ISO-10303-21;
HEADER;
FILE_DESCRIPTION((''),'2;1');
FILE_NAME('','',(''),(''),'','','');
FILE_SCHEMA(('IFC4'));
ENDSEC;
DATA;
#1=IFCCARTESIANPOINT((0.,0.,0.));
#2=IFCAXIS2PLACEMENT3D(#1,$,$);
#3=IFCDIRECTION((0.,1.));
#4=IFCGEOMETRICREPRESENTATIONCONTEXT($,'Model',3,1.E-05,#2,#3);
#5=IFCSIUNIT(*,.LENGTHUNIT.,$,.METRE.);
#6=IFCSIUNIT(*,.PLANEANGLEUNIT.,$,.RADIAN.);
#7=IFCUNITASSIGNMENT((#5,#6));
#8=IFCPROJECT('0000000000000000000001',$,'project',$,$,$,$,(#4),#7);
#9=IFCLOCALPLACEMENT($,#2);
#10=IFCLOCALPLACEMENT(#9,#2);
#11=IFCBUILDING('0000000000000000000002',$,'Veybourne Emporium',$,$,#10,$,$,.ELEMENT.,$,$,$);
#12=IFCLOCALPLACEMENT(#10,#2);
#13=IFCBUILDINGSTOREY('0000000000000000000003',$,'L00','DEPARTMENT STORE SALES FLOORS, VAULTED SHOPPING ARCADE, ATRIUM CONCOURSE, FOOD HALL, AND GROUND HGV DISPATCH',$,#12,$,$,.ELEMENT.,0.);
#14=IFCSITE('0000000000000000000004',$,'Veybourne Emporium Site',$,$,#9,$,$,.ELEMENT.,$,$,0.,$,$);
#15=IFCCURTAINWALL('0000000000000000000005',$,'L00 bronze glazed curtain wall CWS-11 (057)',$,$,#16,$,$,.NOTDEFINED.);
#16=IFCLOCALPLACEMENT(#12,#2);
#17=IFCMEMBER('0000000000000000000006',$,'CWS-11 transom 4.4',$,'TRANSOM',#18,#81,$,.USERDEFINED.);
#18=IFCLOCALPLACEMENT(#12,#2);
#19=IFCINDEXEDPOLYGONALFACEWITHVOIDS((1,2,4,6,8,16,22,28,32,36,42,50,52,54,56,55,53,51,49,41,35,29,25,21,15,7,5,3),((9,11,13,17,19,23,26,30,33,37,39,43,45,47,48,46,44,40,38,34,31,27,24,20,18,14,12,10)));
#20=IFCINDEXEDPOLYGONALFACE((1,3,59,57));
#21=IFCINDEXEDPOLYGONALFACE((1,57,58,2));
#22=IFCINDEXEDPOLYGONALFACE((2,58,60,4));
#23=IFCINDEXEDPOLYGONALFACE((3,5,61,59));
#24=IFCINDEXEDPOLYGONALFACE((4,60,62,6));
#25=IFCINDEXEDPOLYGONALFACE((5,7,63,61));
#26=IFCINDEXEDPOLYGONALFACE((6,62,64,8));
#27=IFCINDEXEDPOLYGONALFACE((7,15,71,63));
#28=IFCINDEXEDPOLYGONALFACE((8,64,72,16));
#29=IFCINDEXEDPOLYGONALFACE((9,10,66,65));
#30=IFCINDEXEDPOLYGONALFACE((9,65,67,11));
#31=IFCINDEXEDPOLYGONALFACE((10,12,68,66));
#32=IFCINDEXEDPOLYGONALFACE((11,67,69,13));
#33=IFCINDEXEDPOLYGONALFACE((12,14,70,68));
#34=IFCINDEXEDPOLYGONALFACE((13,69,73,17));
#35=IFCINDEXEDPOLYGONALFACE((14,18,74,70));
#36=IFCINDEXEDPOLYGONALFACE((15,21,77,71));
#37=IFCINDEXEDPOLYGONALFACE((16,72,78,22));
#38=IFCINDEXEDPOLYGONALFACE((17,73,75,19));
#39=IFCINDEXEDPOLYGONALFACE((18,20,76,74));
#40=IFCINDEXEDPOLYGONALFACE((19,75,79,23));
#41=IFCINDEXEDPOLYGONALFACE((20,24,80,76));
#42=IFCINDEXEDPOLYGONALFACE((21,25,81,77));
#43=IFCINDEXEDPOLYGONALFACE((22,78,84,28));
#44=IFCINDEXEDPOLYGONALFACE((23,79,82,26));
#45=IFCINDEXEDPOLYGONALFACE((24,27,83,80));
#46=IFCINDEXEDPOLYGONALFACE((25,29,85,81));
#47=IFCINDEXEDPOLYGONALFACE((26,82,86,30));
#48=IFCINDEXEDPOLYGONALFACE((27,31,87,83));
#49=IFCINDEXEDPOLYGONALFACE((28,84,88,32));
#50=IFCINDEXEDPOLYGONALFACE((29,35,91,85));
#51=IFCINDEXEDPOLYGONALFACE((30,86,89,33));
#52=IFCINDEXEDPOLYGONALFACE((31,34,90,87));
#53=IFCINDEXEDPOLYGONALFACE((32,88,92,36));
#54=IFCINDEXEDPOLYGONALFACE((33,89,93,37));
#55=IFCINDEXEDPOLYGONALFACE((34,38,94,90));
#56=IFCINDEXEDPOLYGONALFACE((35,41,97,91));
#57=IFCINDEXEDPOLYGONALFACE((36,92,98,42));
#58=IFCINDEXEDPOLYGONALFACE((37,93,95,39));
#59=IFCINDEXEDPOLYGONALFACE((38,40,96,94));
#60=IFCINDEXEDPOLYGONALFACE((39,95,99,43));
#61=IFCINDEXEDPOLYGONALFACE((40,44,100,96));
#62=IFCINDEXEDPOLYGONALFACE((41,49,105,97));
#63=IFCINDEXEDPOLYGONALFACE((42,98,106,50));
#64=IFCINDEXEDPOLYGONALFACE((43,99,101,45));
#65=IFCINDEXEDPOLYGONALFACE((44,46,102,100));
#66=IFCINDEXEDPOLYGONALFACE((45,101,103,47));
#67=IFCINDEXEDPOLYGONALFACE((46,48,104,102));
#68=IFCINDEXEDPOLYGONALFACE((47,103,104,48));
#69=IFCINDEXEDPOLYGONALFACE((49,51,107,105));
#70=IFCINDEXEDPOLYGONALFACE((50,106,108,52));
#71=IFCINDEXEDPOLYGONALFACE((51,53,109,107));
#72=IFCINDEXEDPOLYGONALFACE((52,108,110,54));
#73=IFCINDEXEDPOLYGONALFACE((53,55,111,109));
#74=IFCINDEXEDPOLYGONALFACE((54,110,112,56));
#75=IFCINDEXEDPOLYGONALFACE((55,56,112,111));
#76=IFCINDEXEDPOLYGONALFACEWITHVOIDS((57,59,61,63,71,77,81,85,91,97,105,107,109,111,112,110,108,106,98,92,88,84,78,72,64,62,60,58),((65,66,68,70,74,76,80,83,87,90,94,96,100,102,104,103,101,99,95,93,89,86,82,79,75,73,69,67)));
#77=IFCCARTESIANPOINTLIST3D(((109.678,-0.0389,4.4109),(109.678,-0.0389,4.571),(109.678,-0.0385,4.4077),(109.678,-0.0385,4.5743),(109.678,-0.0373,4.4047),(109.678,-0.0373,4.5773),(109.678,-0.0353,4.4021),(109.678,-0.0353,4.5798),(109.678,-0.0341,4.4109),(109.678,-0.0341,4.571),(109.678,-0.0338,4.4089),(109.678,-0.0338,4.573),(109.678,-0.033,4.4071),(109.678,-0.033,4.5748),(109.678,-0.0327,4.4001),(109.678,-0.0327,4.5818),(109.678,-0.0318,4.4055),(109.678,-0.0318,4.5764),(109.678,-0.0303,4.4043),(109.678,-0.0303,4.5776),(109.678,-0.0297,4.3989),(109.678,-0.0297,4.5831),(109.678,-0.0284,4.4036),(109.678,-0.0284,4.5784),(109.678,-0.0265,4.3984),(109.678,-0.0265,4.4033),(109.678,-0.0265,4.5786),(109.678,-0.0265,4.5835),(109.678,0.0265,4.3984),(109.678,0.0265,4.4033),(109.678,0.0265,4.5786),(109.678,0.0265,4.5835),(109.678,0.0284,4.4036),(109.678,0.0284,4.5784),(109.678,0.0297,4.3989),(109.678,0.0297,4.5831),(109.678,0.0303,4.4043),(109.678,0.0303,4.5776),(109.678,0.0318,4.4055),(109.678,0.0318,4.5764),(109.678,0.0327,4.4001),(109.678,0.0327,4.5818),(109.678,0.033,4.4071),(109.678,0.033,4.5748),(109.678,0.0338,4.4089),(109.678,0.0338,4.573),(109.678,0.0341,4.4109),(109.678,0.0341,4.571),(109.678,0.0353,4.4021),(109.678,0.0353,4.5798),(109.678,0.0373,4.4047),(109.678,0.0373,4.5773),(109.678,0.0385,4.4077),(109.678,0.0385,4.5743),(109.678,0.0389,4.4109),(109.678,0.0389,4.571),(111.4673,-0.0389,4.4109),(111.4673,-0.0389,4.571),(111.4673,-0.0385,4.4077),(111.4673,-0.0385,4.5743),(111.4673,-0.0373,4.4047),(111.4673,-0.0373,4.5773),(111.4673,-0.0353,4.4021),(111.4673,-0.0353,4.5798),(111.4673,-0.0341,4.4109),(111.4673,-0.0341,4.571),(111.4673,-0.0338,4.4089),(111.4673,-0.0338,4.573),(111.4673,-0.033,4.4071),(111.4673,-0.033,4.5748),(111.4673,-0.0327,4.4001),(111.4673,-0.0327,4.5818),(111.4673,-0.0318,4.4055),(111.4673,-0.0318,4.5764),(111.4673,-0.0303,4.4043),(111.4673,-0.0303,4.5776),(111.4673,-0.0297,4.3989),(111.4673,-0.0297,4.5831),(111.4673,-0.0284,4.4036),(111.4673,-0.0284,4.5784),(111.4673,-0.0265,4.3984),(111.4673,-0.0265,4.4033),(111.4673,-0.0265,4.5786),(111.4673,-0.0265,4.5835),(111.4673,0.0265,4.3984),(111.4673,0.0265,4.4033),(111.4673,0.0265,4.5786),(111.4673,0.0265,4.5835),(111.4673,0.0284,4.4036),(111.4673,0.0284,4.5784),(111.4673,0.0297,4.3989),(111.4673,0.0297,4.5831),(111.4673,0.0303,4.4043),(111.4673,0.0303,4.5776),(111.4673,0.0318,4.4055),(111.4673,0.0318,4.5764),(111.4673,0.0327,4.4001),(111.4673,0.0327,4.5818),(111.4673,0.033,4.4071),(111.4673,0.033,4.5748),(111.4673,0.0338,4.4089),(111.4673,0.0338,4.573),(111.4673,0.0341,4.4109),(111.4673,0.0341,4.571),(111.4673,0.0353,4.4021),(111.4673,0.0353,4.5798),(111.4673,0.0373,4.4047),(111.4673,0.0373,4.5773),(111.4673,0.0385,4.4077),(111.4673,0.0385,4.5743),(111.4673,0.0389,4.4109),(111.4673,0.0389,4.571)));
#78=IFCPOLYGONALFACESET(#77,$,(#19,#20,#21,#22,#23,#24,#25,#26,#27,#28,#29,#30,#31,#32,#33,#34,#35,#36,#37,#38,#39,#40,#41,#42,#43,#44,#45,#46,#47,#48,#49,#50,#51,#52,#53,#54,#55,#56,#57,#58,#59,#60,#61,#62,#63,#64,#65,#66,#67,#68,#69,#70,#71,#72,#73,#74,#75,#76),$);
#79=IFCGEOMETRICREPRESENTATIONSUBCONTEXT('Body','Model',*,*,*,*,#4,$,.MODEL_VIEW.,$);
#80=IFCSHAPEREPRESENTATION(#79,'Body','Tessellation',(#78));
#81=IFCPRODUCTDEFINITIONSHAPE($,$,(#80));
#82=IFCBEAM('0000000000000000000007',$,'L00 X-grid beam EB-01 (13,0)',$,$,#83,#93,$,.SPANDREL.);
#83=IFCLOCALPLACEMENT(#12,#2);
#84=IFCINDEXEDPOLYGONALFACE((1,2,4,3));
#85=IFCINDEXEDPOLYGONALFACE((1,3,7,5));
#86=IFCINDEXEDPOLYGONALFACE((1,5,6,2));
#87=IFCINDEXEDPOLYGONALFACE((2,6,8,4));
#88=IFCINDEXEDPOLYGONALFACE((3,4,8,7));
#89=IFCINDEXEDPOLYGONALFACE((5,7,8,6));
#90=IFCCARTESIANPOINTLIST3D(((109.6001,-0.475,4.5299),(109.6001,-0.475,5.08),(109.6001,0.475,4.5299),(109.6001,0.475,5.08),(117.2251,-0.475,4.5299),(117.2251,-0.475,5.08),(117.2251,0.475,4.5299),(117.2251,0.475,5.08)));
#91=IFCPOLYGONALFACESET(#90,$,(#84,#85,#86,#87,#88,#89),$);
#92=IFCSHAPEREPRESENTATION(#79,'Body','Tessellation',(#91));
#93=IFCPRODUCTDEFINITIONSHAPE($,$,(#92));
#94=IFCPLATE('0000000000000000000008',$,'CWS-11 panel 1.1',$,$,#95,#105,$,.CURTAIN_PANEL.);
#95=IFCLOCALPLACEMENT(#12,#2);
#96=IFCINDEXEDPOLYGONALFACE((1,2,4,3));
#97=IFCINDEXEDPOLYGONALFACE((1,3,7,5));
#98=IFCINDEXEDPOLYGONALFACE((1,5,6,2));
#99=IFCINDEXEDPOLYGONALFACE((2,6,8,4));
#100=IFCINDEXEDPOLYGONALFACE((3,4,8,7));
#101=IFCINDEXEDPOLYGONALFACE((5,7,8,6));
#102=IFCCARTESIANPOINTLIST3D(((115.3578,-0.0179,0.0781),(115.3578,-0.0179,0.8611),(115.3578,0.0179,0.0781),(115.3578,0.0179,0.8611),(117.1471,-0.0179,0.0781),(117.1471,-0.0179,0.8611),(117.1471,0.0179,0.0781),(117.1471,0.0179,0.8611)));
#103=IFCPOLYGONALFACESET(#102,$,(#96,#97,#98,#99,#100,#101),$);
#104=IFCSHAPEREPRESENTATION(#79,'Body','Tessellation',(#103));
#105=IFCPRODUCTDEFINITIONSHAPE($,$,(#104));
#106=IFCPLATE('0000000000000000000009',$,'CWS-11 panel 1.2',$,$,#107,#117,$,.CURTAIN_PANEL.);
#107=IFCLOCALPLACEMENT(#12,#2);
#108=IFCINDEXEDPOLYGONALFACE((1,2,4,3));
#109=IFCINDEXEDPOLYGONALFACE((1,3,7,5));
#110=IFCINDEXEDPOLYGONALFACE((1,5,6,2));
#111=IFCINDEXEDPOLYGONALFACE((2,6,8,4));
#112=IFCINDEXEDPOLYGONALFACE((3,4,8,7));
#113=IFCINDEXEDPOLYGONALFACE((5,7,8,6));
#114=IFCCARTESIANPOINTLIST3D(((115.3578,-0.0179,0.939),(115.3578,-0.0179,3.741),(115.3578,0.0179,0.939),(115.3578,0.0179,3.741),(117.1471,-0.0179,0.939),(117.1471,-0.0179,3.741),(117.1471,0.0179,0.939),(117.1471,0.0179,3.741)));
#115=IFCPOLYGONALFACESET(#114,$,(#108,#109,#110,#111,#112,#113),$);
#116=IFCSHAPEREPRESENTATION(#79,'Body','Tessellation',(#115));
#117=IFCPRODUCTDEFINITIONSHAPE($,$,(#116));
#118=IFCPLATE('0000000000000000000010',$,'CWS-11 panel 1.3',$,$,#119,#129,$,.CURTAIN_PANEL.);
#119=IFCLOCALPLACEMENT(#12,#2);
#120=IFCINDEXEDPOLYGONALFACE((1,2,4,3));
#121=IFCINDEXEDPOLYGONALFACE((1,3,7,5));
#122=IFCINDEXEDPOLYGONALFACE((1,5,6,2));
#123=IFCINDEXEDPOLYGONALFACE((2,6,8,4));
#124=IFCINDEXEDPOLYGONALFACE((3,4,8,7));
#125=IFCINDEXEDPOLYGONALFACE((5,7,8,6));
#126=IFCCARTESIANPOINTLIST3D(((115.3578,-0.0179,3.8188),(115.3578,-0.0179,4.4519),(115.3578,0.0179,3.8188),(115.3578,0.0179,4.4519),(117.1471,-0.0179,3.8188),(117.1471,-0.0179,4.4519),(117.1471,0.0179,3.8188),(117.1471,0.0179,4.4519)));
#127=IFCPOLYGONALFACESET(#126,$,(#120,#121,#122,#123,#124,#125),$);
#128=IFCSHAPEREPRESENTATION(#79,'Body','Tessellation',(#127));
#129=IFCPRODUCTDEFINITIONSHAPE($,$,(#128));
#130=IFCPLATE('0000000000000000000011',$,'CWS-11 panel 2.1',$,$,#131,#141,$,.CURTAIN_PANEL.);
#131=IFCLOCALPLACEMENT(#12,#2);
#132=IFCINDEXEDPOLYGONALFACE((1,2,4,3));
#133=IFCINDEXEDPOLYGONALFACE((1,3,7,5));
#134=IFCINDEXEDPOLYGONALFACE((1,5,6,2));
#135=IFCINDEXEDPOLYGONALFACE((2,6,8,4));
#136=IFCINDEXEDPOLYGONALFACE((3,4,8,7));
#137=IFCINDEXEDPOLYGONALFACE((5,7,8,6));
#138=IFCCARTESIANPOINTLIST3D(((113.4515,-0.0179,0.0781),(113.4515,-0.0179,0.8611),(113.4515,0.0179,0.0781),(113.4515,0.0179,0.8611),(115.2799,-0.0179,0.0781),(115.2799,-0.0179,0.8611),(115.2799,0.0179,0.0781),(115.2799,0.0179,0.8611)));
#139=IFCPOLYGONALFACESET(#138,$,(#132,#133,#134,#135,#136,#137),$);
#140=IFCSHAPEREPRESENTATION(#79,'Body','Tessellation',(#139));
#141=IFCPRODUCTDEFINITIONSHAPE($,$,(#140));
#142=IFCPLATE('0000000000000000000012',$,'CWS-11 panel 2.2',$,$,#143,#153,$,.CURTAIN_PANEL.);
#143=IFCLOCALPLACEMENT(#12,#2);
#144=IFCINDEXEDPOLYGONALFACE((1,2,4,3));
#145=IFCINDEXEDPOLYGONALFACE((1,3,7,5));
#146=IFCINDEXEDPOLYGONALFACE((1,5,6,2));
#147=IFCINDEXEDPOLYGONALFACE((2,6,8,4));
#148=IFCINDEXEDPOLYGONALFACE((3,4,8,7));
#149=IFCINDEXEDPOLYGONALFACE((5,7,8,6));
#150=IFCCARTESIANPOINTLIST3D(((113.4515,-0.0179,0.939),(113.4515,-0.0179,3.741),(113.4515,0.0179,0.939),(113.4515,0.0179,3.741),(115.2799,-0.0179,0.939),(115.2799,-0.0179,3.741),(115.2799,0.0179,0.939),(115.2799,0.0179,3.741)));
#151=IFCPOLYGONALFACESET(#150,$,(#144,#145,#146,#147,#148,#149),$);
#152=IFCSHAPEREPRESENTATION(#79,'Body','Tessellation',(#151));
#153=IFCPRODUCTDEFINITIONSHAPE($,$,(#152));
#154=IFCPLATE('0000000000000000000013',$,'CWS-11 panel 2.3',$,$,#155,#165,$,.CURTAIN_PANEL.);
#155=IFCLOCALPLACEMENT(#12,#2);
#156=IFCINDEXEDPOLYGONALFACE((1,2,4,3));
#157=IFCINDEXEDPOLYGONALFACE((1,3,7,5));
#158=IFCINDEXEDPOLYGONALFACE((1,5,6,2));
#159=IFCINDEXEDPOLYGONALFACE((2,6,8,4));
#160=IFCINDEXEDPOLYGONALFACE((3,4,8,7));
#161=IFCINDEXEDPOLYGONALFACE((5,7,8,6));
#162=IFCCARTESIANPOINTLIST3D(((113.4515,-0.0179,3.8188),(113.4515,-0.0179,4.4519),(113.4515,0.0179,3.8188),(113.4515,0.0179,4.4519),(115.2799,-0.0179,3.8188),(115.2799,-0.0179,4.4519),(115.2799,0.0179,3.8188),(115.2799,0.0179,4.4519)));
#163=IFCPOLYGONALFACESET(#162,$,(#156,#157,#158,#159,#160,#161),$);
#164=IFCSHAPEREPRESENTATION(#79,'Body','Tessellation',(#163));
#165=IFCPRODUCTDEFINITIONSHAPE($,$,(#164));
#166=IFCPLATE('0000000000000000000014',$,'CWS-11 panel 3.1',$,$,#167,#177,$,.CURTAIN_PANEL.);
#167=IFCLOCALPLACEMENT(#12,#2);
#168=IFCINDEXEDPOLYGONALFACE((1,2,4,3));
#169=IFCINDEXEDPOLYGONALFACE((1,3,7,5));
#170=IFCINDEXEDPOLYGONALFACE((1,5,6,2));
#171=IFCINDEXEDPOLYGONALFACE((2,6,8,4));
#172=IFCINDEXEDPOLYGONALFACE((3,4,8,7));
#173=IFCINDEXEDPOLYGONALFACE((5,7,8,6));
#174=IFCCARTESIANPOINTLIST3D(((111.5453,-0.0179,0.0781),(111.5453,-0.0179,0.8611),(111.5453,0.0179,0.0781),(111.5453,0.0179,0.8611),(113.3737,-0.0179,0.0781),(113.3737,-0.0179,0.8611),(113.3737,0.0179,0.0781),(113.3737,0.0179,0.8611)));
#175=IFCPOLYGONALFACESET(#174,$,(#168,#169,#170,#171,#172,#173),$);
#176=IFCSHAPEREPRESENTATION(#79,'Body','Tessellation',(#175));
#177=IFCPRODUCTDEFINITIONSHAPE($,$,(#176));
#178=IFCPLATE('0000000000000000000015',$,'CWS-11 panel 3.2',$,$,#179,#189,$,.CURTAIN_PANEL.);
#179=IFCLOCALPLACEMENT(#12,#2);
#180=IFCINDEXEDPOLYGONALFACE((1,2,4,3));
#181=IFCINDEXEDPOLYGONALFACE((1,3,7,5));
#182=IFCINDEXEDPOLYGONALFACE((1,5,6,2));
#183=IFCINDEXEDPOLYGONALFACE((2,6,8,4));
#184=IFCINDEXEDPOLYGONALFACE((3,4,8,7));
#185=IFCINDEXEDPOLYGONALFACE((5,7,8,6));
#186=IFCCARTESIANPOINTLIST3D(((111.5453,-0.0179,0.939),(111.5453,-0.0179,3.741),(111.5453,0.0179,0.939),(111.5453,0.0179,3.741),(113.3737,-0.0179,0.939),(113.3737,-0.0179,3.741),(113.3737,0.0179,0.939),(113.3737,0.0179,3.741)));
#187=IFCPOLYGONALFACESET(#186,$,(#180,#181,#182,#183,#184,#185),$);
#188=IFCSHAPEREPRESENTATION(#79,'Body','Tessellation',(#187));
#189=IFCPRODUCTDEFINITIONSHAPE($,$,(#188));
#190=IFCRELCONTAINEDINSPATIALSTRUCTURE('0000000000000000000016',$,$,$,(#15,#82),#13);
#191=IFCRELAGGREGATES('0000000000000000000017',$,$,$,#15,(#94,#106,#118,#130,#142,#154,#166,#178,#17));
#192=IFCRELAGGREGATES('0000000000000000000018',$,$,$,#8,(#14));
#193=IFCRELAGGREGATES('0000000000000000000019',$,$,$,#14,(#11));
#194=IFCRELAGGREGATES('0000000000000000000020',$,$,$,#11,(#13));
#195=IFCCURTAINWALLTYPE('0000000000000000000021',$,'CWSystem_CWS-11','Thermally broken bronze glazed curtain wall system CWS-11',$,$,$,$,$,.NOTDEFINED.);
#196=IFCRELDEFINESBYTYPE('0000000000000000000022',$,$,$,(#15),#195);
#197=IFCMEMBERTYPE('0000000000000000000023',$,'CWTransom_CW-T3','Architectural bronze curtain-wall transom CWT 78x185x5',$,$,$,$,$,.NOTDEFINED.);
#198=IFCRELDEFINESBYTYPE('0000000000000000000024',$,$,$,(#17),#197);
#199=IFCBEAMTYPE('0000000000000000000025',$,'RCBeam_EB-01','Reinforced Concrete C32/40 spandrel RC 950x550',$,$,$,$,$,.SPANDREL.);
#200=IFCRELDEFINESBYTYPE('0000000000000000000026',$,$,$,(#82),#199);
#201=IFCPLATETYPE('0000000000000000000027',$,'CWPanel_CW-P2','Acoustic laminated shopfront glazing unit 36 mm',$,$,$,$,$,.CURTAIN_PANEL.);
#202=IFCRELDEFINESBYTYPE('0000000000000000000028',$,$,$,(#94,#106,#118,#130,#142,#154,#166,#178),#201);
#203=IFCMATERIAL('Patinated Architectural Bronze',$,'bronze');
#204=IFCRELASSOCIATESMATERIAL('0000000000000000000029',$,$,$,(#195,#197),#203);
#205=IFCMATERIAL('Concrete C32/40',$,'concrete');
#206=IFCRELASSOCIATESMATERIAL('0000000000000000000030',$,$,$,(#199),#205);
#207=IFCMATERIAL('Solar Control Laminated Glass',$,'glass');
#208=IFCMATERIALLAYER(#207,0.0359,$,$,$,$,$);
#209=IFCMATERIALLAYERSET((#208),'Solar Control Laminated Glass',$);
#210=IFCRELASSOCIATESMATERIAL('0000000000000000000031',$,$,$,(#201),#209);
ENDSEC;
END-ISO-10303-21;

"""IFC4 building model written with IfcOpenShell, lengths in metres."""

from ifc_helpers import new_model, si_unit, direction, frame, origin, origin_2d, place, context, subcontext, project, spatial, rectangle, hollow_rectangle, extrude, material, layer, layer_set, material_profile, profile_set, type_object, element, aggregate, save


model = new_model("IFC4")

# Units and contexts
model_context = context("Model", 3, precision=1e-05, world=origin(), true_north=direction((0.0, 1.0)))
body_context = subcontext(model_context, "Body", "Model", "MODEL_VIEW")
ifc_project = project(units=[si_unit("LENGTHUNIT", "METRE"), si_unit("PLANEANGLEUNIT", "RADIAN")], contexts=[model_context])

# Site, building, storey
site_placement = place(None, origin())
site = spatial("IfcSite", under=ifc_project, at=site_placement, Name="Veybourne Emporium Site", CompositionType="ELEMENT", RefElevation=0.0)
building_placement = place(site_placement, origin())
building = spatial("IfcBuilding", under=site, at=building_placement, Name="Veybourne Emporium", CompositionType="ELEMENT")
storey_placement = place(building_placement, origin())
storey = spatial("IfcBuildingStorey", under=building, at=storey_placement, Name="L00", Description="DEPARTMENT STORE SALES FLOORS, VAULTED SHOPPING ARCADE, ATRIUM CONCOURSE, FOOD HALL, AND GROUND HGV DISPATCH", CompositionType="ELEMENT", Elevation=0.0)

# Curtain wall, member
ifc_material_1 = material(Name="Patinated Architectural Bronze", Category="bronze")
curtain_wall_type = type_object("IfcCurtainWallType", Name="CWSystem_CWS-11", Description="Thermally broken bronze glazed curtain wall system CWS-11", PredefinedType="NOTDEFINED", material=ifc_material_1)
curtain_wall_placement = place(storey_placement, origin())
curtain_wall = element("IfcCurtainWall", 1, at=curtain_wall_placement, inside=storey, type_object=curtain_wall_type, Name="L00 bronze glazed curtain wall CWS-11 (057)", PredefinedType="NOTDEFINED")
ifc_material_profile_1 = material_profile(ifc_material_1, hollow_rectangle(XDim=0.0779, YDim=0.1851, WallThickness=0.0049, InnerFilletRadius=0.0076, OuterFilletRadius=0.0125, at=origin_2d()), Name="CWT 78x185x5")
ifc_profile_set_1 = profile_set([ifc_material_profile_1], Name="Patinated Architectural Bronze")
member_type_1 = type_object("IfcMemberType", Name="CWTransom_CW-T3", Description="Architectural bronze curtain-wall transom CWT 78x185x5", PredefinedType="NOTDEFINED", material=ifc_profile_set_1)
member_1_placement = place(storey_placement, frame((111.4673, 0.0, 4.491), z_axis=(-1.0, 0.0, 0.0), x_axis=(0.0, -1.0, 0.0)))
member_1 = element("IfcMember", 2, at=member_1_placement, type_object=member_type_1, Name="CWS-11 transom 4.4", ObjectType="TRANSOM", PredefinedType="USERDEFINED", context=body_context, shape_type="SweptSolid", body=[
    extrude(hollow_rectangle(XDim=0.0779, YDim=0.1851, WallThickness=0.0049, InnerFilletRadius=0.0076, OuterFilletRadius=0.0125, at=origin_2d()), origin(), (0.0, 0.0, 1.0), 1.7893),
])

# Beam
ifc_material_2 = material(Name="Concrete C32/40", Category="concrete")
ifc_material_profile_2 = material_profile(ifc_material_2, rectangle(XDim=0.95, YDim=0.55, at=origin_2d()), Name="RC 950x550")
ifc_profile_set_2 = profile_set([ifc_material_profile_2], Name="Concrete C32/40")
beam_type = type_object("IfcBeamType", Name="RCBeam_EB-01", Description="Reinforced Concrete C32/40 spandrel RC 950x550", PredefinedType="SPANDREL", material=ifc_profile_set_2)
beam_placement = place(storey_placement, frame((109.6001, 0.0, 4.8049), z_axis=(1.0, 0.0, 0.0), x_axis=(0.0, 1.0, 0.0)))
element("IfcBeam", 3, at=beam_placement, inside=storey, type_object=beam_type, Name="L00 X-grid beam EB-01 (13,0)", PredefinedType="SPANDREL", context=body_context, shape_type="SweptSolid", body=[
    extrude(rectangle(XDim=0.95, YDim=0.55, at=origin_2d()), origin(), (0.0, 0.0, 1.0), 7.625),
])

# Plates
ifc_material_3 = material(Name="Solar Control Laminated Glass", Category="glass")
ifc_layer_1 = layer(ifc_material_3, 0.0359)
ifc_layer_set_1 = layer_set([ifc_layer_1], Name="Solar Control Laminated Glass")
plate_type = type_object("IfcPlateType", Name="CWPanel_CW-P2", Description="Acoustic laminated shopfront glazing unit 36 mm", PredefinedType="CURTAIN_PANEL", material=ifc_layer_set_1)
plate_1_placement = place(storey_placement, frame((116.2524, 0.0, 0.0781), z_axis=(0.0, 0.0, 1.0), x_axis=(-1.0, 0.0, 0.0)))
plate_1 = element("IfcPlate", 4, at=plate_1_placement, type_object=plate_type, Name="CWS-11 panel 1.1", PredefinedType="CURTAIN_PANEL", context=body_context, shape_type="SweptSolid", body=[
    extrude(rectangle(XDim=1.7893, YDim=0.0359, at=origin_2d()), origin(), (0.0, 0.0, 1.0), 0.783),
])
plate_2_placement = place(storey_placement, frame((116.2524, 0.0, 0.939), z_axis=(0.0, 0.0, 1.0), x_axis=(-1.0, 0.0, 0.0)))
plate_2 = element("IfcPlate", 5, at=plate_2_placement, type_object=plate_type, Name="CWS-11 panel 1.2", PredefinedType="CURTAIN_PANEL", context=body_context, shape_type="SweptSolid", body=[
    extrude(rectangle(XDim=1.7893, YDim=0.0359, at=origin_2d()), origin(), (0.0, 0.0, 1.0), 2.802),
])
plate_3_placement = place(storey_placement, frame((116.2524, 0.0, 3.8188), z_axis=(0.0, 0.0, 1.0), x_axis=(-1.0, 0.0, 0.0)))
plate_3 = element("IfcPlate", 6, at=plate_3_placement, type_object=plate_type, Name="CWS-11 panel 1.3", PredefinedType="CURTAIN_PANEL", context=body_context, shape_type="SweptSolid", body=[
    extrude(rectangle(XDim=1.7893, YDim=0.0359, at=origin_2d()), origin(), (0.0, 0.0, 1.0), 0.6331),
])
plate_4_placement = place(storey_placement, frame((114.3657, 0.0, 0.0781), z_axis=(0.0, 0.0, 1.0), x_axis=(-1.0, 0.0, 0.0)))
plate_4 = element("IfcPlate", 7, at=plate_4_placement, type_object=plate_type, Name="CWS-11 panel 2.1", PredefinedType="CURTAIN_PANEL", context=body_context, shape_type="SweptSolid", body=[
    extrude(rectangle(XDim=1.8284, YDim=0.0359, at=origin_2d()), origin(), (0.0, 0.0, 1.0), 0.783),
])
plate_5_placement = place(storey_placement, frame((114.3657, 0.0, 0.939), z_axis=(0.0, 0.0, 1.0), x_axis=(-1.0, 0.0, 0.0)))
plate_5 = element("IfcPlate", 8, at=plate_5_placement, type_object=plate_type, Name="CWS-11 panel 2.2", PredefinedType="CURTAIN_PANEL", context=body_context, shape_type="SweptSolid", body=[
    extrude(rectangle(XDim=1.8284, YDim=0.0359, at=origin_2d()), origin(), (0.0, 0.0, 1.0), 2.802),
])
plate_6_placement = place(storey_placement, frame((114.3657, 0.0, 3.8188), z_axis=(0.0, 0.0, 1.0), x_axis=(-1.0, 0.0, 0.0)))
plate_6 = element("IfcPlate", 9, at=plate_6_placement, type_object=plate_type, Name="CWS-11 panel 2.3", PredefinedType="CURTAIN_PANEL", context=body_context, shape_type="SweptSolid", body=[
    extrude(rectangle(XDim=1.8284, YDim=0.0359, at=origin_2d()), origin(), (0.0, 0.0, 1.0), 0.6331),
])
plate_7_placement = place(storey_placement, frame((112.4595, 0.0, 0.0781), z_axis=(0.0, 0.0, 1.0), x_axis=(-1.0, 0.0, 0.0)))
plate_7 = element("IfcPlate", 10, at=plate_7_placement, type_object=plate_type, Name="CWS-11 panel 3.1", PredefinedType="CURTAIN_PANEL", context=body_context, shape_type="SweptSolid", body=[
    extrude(rectangle(XDim=1.8284, YDim=0.0359, at=origin_2d()), origin(), (0.0, 0.0, 1.0), 0.783),
])
plate_8_placement = place(storey_placement, frame((112.4595, 0.0, 0.939), z_axis=(0.0, 0.0, 1.0), x_axis=(-1.0, 0.0, 0.0)))
plate_8 = element("IfcPlate", 11, at=plate_8_placement, type_object=plate_type, Name="CWS-11 panel 3.2", PredefinedType="CURTAIN_PANEL", context=body_context, shape_type="SweptSolid", body=[
    extrude(rectangle(XDim=1.8284, YDim=0.0359, at=origin_2d()), origin(), (0.0, 0.0, 1.0), 2.802),
])
aggregate(curtain_wall, [plate_1, plate_2, plate_3, plate_4, plate_5, plate_6, plate_7, plate_8, member_1])

save(model, "model.ifc")
